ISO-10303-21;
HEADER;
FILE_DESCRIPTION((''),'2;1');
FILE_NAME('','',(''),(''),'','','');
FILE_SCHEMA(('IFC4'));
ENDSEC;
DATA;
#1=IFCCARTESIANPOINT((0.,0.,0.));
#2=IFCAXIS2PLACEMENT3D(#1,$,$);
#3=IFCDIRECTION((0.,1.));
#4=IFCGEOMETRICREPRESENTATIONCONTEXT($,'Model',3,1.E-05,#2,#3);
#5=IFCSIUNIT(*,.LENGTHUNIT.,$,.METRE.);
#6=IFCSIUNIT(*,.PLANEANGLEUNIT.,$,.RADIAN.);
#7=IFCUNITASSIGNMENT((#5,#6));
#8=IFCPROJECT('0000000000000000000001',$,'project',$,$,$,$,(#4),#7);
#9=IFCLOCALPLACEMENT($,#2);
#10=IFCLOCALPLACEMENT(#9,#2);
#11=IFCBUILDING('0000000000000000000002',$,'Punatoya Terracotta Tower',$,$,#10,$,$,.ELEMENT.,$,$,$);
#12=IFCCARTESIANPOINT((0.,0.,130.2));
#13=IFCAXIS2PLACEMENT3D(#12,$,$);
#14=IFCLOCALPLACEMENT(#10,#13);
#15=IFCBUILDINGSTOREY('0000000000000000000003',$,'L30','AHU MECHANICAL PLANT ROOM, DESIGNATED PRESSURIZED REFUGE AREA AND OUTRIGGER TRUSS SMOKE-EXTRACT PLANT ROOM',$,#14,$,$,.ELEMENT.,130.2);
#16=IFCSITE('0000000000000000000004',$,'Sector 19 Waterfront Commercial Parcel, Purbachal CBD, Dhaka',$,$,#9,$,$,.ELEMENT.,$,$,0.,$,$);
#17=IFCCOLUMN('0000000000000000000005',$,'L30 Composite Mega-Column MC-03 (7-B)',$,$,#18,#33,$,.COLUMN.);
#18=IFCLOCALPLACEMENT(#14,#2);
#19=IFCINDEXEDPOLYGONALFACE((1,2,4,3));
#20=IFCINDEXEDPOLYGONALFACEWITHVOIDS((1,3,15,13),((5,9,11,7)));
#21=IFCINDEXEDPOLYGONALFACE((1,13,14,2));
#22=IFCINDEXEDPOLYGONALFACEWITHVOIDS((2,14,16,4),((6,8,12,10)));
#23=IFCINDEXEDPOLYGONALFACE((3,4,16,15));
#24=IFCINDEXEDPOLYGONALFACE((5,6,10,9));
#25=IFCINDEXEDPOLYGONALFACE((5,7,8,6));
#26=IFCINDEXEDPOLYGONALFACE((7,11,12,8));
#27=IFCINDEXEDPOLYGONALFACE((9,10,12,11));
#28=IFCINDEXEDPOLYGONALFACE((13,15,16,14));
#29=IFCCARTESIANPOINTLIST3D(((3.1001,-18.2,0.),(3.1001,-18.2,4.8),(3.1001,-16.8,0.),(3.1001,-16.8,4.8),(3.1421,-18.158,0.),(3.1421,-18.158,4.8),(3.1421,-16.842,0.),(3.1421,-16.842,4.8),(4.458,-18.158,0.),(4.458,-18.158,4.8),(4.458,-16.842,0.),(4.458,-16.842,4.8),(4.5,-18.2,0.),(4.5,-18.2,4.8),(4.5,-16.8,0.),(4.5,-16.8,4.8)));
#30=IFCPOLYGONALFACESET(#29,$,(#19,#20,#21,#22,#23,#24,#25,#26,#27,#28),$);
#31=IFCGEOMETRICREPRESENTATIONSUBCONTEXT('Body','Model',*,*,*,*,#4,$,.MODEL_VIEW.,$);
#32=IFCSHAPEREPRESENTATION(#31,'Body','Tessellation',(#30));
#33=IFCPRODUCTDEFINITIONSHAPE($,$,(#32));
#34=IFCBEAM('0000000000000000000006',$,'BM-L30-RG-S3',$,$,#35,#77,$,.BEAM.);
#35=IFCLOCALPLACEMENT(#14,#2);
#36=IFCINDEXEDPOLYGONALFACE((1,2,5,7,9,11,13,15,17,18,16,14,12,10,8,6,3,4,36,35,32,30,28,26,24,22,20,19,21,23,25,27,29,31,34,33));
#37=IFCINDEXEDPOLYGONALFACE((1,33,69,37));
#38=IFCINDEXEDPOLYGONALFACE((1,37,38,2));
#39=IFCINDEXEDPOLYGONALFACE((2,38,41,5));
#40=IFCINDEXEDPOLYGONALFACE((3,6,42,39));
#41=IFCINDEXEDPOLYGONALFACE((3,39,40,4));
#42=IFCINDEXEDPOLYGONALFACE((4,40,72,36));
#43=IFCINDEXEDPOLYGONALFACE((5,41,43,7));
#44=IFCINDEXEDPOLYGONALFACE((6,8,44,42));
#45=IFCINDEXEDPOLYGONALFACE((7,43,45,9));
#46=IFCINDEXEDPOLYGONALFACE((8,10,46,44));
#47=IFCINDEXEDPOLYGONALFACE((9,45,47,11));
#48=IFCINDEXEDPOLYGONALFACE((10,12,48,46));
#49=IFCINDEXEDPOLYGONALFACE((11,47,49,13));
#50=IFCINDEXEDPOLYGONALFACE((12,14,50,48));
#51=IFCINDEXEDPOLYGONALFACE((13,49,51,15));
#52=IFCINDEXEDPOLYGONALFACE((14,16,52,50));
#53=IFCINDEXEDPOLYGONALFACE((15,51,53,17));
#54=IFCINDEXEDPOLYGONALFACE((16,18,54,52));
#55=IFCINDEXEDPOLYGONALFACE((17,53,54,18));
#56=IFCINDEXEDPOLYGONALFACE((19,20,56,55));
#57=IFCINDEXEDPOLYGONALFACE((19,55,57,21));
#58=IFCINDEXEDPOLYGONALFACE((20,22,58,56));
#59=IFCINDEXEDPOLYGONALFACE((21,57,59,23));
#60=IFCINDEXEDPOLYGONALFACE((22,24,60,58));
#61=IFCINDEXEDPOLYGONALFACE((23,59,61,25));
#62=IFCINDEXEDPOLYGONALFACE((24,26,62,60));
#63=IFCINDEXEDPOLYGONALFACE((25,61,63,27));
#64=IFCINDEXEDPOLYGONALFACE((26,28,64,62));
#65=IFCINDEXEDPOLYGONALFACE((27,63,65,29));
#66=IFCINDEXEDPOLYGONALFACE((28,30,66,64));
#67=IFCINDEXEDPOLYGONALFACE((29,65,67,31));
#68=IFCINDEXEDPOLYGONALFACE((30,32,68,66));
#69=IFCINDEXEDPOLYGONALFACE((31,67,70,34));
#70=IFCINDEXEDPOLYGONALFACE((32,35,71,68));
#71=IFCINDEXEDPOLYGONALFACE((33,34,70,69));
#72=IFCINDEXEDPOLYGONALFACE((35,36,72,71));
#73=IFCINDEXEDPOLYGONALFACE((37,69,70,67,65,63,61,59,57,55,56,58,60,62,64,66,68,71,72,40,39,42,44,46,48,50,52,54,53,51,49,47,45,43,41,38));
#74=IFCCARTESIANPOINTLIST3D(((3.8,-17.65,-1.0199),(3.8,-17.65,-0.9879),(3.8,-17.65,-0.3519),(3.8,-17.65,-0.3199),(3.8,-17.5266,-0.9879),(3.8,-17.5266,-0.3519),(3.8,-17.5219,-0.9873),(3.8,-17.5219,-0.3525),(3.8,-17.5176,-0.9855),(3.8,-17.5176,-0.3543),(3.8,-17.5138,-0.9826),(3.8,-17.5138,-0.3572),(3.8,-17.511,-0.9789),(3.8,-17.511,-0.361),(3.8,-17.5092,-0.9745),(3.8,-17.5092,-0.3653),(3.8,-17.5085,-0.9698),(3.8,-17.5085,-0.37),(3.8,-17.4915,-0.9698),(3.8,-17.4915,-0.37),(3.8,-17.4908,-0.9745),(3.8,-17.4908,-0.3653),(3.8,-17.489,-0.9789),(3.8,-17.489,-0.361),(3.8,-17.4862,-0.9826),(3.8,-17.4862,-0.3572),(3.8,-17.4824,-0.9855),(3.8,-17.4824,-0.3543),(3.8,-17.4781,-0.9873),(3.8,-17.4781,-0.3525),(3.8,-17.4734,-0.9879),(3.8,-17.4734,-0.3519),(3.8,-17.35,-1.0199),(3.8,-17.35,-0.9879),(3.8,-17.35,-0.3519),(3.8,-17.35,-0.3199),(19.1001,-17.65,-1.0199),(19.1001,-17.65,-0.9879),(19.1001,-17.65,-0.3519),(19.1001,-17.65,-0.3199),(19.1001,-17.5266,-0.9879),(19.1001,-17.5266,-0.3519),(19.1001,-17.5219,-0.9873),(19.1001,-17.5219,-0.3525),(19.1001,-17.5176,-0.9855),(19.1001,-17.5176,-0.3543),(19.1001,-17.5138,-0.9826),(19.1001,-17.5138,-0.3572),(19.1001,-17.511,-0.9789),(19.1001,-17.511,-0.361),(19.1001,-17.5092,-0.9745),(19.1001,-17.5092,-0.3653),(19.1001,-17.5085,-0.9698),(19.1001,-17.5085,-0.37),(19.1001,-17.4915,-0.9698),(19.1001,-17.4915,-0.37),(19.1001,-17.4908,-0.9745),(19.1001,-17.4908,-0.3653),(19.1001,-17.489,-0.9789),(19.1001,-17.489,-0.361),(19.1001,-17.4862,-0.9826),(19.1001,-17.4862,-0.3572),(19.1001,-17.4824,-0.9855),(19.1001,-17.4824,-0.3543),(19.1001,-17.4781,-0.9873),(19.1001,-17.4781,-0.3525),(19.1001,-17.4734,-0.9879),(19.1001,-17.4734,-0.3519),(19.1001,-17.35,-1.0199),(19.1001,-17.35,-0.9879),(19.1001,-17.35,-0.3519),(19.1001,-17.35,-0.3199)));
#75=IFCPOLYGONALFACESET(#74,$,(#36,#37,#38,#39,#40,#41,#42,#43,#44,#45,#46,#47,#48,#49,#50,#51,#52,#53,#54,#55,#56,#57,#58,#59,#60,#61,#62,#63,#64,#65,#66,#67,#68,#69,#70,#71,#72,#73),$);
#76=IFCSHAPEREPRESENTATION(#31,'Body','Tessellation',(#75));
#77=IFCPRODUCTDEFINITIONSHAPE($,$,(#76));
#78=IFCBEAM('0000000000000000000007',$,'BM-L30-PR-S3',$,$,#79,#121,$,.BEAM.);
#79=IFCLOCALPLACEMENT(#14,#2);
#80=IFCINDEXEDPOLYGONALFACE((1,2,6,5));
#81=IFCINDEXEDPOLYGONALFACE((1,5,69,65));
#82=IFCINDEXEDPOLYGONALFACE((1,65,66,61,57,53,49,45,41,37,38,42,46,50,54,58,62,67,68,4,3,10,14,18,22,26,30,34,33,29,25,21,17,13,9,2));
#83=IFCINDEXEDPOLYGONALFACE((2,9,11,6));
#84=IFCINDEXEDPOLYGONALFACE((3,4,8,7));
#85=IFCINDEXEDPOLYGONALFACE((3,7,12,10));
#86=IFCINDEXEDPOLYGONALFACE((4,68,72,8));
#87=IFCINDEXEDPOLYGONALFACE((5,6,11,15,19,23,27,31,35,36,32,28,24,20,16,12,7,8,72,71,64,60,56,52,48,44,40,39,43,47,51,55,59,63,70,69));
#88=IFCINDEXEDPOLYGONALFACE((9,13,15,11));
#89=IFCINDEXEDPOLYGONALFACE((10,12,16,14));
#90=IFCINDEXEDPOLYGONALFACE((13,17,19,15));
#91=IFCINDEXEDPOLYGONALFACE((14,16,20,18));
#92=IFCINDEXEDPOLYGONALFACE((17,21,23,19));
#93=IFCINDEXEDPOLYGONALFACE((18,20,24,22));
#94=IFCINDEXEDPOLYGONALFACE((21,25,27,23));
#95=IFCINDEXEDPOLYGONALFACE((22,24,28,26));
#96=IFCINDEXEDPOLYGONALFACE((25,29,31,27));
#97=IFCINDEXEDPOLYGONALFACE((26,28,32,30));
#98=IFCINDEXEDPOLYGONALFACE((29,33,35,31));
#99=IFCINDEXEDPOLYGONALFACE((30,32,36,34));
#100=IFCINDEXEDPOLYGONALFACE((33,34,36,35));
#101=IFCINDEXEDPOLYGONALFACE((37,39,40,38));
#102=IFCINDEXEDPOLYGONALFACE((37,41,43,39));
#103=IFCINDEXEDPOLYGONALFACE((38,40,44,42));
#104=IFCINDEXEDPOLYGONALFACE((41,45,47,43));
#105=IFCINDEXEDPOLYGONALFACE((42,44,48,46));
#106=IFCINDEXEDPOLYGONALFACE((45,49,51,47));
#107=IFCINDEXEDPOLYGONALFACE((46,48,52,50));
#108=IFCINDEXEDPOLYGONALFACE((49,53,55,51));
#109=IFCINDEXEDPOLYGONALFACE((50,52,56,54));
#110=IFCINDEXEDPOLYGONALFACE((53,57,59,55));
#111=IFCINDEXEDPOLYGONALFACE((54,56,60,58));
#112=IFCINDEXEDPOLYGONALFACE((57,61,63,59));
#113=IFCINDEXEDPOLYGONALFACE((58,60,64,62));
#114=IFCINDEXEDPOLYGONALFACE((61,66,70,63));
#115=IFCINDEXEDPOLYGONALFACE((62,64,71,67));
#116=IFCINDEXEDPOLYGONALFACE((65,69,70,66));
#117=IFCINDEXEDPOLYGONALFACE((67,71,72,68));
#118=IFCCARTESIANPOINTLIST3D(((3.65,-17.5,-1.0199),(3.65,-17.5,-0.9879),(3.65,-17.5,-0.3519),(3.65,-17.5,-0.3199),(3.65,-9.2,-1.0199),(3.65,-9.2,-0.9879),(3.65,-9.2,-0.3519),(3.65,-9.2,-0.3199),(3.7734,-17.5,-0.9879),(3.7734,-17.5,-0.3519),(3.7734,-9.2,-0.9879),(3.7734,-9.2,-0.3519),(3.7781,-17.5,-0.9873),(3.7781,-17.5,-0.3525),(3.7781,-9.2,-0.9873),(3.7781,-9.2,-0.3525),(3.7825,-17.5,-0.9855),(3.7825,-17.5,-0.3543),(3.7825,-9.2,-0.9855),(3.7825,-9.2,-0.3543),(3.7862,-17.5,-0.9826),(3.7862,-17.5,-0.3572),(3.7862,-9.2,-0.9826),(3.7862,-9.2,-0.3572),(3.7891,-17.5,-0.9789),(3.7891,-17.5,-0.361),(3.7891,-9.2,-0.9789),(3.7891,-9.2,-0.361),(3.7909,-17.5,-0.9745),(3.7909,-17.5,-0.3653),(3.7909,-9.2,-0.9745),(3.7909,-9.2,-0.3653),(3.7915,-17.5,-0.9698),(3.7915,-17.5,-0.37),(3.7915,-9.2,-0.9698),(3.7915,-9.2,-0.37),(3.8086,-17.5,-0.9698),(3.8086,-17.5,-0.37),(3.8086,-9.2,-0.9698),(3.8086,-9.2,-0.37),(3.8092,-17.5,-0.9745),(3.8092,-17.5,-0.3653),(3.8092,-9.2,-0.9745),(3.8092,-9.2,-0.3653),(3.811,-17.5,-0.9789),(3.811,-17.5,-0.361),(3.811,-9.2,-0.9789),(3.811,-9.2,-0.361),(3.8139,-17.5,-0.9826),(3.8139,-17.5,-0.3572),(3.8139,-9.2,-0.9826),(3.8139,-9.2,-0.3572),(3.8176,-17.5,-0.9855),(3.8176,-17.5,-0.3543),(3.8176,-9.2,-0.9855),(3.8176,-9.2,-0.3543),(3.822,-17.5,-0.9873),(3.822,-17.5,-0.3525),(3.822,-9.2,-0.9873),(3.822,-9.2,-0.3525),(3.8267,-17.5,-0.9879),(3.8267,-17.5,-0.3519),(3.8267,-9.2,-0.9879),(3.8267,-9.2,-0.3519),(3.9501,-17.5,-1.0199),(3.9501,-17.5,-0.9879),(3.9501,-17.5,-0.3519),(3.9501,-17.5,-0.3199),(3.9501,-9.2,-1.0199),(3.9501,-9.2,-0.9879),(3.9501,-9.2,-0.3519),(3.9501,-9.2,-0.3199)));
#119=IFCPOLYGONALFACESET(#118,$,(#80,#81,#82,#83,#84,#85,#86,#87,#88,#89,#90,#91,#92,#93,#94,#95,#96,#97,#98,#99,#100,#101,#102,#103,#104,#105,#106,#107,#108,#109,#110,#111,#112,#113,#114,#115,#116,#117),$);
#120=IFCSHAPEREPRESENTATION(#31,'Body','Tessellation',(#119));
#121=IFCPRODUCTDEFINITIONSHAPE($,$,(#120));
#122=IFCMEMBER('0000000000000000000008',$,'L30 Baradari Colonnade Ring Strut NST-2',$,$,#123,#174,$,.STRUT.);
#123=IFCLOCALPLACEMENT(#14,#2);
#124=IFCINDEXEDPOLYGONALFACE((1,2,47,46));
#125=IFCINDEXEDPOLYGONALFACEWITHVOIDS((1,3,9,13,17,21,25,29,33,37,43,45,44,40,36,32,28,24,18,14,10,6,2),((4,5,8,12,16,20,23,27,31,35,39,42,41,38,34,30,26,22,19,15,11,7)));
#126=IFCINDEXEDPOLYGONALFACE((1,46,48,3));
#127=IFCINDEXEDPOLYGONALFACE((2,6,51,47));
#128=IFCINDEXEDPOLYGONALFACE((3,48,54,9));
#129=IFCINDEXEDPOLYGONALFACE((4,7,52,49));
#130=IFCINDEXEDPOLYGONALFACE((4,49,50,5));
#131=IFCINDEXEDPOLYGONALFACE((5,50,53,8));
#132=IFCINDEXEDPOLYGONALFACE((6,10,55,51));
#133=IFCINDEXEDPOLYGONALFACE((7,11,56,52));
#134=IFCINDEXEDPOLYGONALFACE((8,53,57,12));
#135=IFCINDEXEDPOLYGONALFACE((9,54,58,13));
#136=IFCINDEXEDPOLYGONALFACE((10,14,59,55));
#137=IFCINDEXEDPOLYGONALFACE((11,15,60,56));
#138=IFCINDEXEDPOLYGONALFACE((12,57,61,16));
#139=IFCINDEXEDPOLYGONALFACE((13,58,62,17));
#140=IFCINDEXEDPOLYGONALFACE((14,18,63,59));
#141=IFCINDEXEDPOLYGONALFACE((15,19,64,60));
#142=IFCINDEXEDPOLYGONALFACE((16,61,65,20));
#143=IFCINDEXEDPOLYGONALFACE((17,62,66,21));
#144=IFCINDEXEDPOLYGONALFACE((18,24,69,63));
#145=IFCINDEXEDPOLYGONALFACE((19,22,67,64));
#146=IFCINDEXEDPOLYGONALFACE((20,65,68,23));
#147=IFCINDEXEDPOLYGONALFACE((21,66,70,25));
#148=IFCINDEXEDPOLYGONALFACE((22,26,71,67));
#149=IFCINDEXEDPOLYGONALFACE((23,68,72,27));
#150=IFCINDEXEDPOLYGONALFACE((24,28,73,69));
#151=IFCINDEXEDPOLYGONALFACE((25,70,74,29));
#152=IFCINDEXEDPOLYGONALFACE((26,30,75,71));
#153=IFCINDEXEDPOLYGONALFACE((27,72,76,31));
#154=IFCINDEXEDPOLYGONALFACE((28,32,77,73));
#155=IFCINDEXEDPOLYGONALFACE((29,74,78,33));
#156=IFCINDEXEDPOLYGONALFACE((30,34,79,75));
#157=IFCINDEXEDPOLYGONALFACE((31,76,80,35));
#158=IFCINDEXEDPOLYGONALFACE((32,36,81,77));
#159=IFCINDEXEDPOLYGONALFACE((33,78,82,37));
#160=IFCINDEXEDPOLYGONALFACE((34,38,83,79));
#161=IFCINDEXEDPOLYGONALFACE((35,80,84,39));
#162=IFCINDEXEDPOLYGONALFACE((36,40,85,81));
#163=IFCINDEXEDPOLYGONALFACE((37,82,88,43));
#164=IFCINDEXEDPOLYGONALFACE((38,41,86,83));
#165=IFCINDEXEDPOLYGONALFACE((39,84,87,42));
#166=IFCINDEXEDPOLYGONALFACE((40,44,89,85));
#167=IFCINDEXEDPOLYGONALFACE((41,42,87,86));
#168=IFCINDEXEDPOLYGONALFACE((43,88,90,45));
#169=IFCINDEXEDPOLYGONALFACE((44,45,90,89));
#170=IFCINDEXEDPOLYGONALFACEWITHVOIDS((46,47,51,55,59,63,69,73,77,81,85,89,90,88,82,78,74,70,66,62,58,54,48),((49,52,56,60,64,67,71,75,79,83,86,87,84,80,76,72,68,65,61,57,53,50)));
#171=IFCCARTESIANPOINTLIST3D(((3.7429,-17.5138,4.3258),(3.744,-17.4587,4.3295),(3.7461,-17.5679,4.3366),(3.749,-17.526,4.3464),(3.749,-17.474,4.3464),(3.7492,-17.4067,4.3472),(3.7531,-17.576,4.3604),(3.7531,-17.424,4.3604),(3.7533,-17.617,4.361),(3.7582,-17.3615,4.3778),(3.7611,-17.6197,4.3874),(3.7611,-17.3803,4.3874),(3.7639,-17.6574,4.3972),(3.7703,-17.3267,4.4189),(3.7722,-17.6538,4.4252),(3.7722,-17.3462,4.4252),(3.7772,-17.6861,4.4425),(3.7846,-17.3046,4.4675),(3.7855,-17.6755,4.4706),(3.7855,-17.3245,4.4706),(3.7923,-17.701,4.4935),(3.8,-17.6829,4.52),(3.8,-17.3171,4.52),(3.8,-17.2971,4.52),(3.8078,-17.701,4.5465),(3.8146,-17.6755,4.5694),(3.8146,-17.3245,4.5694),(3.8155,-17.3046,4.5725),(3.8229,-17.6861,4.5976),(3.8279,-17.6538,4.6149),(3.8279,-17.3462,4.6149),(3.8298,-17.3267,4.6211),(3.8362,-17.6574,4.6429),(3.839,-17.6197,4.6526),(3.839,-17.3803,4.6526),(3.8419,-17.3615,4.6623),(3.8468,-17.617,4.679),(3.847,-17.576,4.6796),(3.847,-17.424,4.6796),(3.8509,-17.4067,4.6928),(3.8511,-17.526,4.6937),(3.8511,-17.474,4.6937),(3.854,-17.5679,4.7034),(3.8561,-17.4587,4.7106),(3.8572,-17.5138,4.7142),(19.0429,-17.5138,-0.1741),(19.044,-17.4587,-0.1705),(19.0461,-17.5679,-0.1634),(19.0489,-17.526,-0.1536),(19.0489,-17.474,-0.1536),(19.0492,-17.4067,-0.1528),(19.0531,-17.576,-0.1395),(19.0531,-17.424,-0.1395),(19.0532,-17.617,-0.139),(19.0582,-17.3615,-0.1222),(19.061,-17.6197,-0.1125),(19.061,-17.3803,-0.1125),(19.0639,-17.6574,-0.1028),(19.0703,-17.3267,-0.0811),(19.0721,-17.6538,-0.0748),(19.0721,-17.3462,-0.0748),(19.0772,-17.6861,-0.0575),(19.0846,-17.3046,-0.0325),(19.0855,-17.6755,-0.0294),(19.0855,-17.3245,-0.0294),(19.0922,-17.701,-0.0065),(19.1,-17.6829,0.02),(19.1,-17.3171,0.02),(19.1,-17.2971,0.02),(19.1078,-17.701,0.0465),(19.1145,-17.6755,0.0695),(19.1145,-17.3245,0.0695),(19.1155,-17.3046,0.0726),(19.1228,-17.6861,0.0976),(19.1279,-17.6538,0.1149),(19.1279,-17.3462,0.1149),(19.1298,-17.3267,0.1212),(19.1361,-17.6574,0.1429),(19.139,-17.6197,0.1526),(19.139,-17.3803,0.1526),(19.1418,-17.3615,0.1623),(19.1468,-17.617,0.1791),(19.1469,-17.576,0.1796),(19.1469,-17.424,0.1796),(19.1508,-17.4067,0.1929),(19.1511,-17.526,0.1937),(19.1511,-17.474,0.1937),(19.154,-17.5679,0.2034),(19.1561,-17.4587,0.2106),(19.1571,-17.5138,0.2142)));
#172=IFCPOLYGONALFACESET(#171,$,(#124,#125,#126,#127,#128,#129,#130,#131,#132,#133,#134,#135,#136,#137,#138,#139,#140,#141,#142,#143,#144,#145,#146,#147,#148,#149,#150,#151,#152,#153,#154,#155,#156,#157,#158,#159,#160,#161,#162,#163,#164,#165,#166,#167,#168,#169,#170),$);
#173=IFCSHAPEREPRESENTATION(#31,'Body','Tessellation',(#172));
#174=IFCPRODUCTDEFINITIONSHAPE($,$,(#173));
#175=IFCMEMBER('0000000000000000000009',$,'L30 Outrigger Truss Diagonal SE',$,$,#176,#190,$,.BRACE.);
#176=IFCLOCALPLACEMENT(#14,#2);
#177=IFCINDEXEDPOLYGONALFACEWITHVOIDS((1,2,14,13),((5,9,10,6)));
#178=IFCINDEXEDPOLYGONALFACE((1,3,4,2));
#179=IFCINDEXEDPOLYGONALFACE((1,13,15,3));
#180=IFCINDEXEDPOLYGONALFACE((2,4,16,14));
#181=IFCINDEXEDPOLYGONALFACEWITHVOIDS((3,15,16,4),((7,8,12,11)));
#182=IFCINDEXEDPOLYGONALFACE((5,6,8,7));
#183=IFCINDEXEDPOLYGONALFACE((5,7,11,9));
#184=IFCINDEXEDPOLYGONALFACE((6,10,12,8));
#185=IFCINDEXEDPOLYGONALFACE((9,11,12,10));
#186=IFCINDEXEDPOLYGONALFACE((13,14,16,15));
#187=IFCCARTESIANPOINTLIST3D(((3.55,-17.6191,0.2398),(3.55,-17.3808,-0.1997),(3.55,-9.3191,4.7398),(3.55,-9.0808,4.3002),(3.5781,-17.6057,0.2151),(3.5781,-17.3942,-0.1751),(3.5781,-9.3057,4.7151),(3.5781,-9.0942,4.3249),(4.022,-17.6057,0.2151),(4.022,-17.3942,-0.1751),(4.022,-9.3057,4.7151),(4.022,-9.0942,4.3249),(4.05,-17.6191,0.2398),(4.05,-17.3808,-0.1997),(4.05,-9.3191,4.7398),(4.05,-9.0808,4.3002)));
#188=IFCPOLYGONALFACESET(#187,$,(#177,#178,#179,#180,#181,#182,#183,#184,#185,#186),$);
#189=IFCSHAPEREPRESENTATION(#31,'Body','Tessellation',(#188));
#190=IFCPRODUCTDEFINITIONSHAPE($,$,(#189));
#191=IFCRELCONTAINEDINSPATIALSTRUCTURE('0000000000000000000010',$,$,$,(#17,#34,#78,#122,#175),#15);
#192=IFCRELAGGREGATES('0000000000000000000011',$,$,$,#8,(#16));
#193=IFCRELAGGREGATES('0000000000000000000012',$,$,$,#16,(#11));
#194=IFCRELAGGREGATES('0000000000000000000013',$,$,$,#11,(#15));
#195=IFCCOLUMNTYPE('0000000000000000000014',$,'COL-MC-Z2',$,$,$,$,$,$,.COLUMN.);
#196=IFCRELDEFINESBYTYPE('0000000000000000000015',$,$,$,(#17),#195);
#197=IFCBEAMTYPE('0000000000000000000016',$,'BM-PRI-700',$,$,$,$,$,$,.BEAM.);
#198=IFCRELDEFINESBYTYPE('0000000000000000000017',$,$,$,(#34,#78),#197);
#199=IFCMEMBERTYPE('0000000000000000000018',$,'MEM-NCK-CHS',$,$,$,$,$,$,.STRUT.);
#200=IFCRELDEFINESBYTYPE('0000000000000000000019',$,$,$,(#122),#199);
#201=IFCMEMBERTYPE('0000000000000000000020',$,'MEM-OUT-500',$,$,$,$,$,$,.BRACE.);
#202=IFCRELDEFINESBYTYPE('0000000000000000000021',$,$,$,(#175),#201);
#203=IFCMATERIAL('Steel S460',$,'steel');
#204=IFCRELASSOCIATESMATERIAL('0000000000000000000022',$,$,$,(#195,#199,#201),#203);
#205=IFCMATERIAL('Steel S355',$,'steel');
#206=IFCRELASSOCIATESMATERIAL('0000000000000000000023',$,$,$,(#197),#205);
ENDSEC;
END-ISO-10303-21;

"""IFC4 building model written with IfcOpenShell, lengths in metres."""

from ifc_helpers import new_model, si_unit, direction, frame, origin, origin_2d, place, context, subcontext, project, spatial, hollow_rectangle, hollow_circle, i_section, extrude, material, material_profile, profile_set, type_object, element, save


model = new_model("IFC4")

# Units and contexts
model_context = context("Model", 3, precision=1e-05, world=origin(), true_north=direction((0.0, 1.0)))
body_context = subcontext(model_context, "Body", "Model", "MODEL_VIEW")
ifc_project = project(units=[si_unit("LENGTHUNIT", "METRE"), si_unit("PLANEANGLEUNIT", "RADIAN")], contexts=[model_context])

# Site, building, storey
site_placement = place(None, origin())
site = spatial("IfcSite", under=ifc_project, at=site_placement, Name="Sector 19 Waterfront Commercial Parcel, Purbachal CBD, Dhaka", CompositionType="ELEMENT", RefElevation=0.0)
building_placement = place(site_placement, origin())
building = spatial("IfcBuilding", under=site, at=building_placement, Name="Punatoya Terracotta Tower", CompositionType="ELEMENT")
storey_placement = place(building_placement, frame((0.0, 0.0, 130.2)))
storey = spatial("IfcBuildingStorey", under=building, at=storey_placement, Name="L30", Description="AHU MECHANICAL PLANT ROOM, DESIGNATED PRESSURIZED REFUGE AREA AND OUTRIGGER TRUSS SMOKE-EXTRACT PLANT ROOM", CompositionType="ELEMENT", Elevation=130.2)

# Column
ifc_material_1 = material(Name="Steel S460", Category="steel")
ifc_material_profile_1 = material_profile(ifc_material_1, hollow_rectangle(XDim=1.3999, YDim=1.3999, WallThickness=0.042, at=origin_2d()))
ifc_profile_set_1 = profile_set([ifc_material_profile_1], Name="Steel S460")
column_type = type_object("IfcColumnType", Name="COL-MC-Z2", PredefinedType="COLUMN", material=ifc_profile_set_1)
column_placement = place(storey_placement, frame((3.8, -17.5, 0.0), z_axis=(0.0, 0.0, 1.0), x_axis=(1.0, 0.0, 0.0)))
element("IfcColumn", 1, at=column_placement, inside=storey, type_object=column_type, Name="L30 Composite Mega-Column MC-03 (7-B)", PredefinedType="COLUMN", context=body_context, shape_type="SweptSolid", body=[
    extrude(hollow_rectangle(XDim=1.3999, YDim=1.3999, WallThickness=0.042, at=origin_2d()), origin(), (0.0, 0.0, 1.0), 4.8),
])

# Beams
ifc_material_2 = material(Name="Steel S355", Category="steel")
ifc_material_profile_2 = material_profile(ifc_material_2, i_section(OverallWidth=0.3, OverallDepth=0.7, WebThickness=0.0171, FlangeThickness=0.032, FilletRadius=0.0181, at=origin_2d()))
ifc_profile_set_2 = profile_set([ifc_material_profile_2], Name="Steel S355")
beam_type = type_object("IfcBeamType", Name="BM-PRI-700", PredefinedType="BEAM", material=ifc_profile_set_2)
beam_1_placement = place(storey_placement, frame((3.8, -17.5, -0.6699), z_axis=(1.0, 0.0, 0.0), x_axis=(0.0, 1.0, 0.0)))
element("IfcBeam", 2, at=beam_1_placement, inside=storey, type_object=beam_type, Name="BM-L30-RG-S3", PredefinedType="BEAM", context=body_context, shape_type="SweptSolid", body=[
    extrude(i_section(OverallWidth=0.3, OverallDepth=0.7, WebThickness=0.0171, FlangeThickness=0.032, FilletRadius=0.0181, at=origin_2d()), origin(), (0.0, 0.0, 1.0), 15.3),
])
beam_2_placement = place(storey_placement, frame((3.8, -17.5, -0.6699), z_axis=(0.0, 1.0, 0.0), x_axis=(-1.0, 0.0, 0.0)))
element("IfcBeam", 3, at=beam_2_placement, inside=storey, type_object=beam_type, Name="BM-L30-PR-S3", PredefinedType="BEAM", context=body_context, shape_type="SweptSolid", body=[
    extrude(i_section(OverallWidth=0.3, OverallDepth=0.7, WebThickness=0.0171, FlangeThickness=0.032, FilletRadius=0.0181, at=origin_2d()), origin(), (0.0, 0.0, 1.0), 8.3),
])

# Members
ifc_material_profile_3 = material_profile(ifc_material_1, hollow_circle(Radius=0.2029, WallThickness=0.02, at=origin_2d()))
ifc_profile_set_3 = profile_set([ifc_material_profile_3], Name="Steel S460")
member_type_1 = type_object("IfcMemberType", Name="MEM-NCK-CHS", PredefinedType="STRUT", material=ifc_profile_set_3)
member_1_placement = place(storey_placement, frame((3.8, -17.5, 4.52), z_axis=(0.959366, 0.0, -0.282165), x_axis=(0.0, 1.0, 0.0)))
element("IfcMember", 4, at=member_1_placement, inside=storey, type_object=member_type_1, Name="L30 Baradari Colonnade Ring Strut NST-2", PredefinedType="STRUT", context=body_context, shape_type="SweptSolid", body=[
    extrude(hollow_circle(Radius=0.2029, WallThickness=0.02, at=origin_2d()), origin(), (0.0, 0.0, 1.0), 15.948),
])
ifc_material_profile_4 = material_profile(ifc_material_1, hollow_rectangle(XDim=0.5, YDim=0.5, WallThickness=0.0281, at=origin_2d()))
ifc_profile_set_4 = profile_set([ifc_material_profile_4], Name="Steel S460")
member_type_2 = type_object("IfcMemberType", Name="MEM-OUT-500", PredefinedType="BRACE", material=ifc_profile_set_4)
member_2_placement = place(storey_placement, frame((3.8, -9.2, 4.52), z_axis=(0.0, -0.879108, -0.476622), x_axis=(1.0, 0.0, 0.0)))
element("IfcMember", 5, at=member_2_placement, inside=storey, type_object=member_type_2, Name="L30 Outrigger Truss Diagonal SE", PredefinedType="BRACE", context=body_context, shape_type="SweptSolid", body=[
    extrude(hollow_rectangle(XDim=0.5, YDim=0.5, WallThickness=0.0281, at=origin_2d()), origin(), (0.0, 0.0, 1.0), 9.4414),
])

save(model, "model.ifc")
